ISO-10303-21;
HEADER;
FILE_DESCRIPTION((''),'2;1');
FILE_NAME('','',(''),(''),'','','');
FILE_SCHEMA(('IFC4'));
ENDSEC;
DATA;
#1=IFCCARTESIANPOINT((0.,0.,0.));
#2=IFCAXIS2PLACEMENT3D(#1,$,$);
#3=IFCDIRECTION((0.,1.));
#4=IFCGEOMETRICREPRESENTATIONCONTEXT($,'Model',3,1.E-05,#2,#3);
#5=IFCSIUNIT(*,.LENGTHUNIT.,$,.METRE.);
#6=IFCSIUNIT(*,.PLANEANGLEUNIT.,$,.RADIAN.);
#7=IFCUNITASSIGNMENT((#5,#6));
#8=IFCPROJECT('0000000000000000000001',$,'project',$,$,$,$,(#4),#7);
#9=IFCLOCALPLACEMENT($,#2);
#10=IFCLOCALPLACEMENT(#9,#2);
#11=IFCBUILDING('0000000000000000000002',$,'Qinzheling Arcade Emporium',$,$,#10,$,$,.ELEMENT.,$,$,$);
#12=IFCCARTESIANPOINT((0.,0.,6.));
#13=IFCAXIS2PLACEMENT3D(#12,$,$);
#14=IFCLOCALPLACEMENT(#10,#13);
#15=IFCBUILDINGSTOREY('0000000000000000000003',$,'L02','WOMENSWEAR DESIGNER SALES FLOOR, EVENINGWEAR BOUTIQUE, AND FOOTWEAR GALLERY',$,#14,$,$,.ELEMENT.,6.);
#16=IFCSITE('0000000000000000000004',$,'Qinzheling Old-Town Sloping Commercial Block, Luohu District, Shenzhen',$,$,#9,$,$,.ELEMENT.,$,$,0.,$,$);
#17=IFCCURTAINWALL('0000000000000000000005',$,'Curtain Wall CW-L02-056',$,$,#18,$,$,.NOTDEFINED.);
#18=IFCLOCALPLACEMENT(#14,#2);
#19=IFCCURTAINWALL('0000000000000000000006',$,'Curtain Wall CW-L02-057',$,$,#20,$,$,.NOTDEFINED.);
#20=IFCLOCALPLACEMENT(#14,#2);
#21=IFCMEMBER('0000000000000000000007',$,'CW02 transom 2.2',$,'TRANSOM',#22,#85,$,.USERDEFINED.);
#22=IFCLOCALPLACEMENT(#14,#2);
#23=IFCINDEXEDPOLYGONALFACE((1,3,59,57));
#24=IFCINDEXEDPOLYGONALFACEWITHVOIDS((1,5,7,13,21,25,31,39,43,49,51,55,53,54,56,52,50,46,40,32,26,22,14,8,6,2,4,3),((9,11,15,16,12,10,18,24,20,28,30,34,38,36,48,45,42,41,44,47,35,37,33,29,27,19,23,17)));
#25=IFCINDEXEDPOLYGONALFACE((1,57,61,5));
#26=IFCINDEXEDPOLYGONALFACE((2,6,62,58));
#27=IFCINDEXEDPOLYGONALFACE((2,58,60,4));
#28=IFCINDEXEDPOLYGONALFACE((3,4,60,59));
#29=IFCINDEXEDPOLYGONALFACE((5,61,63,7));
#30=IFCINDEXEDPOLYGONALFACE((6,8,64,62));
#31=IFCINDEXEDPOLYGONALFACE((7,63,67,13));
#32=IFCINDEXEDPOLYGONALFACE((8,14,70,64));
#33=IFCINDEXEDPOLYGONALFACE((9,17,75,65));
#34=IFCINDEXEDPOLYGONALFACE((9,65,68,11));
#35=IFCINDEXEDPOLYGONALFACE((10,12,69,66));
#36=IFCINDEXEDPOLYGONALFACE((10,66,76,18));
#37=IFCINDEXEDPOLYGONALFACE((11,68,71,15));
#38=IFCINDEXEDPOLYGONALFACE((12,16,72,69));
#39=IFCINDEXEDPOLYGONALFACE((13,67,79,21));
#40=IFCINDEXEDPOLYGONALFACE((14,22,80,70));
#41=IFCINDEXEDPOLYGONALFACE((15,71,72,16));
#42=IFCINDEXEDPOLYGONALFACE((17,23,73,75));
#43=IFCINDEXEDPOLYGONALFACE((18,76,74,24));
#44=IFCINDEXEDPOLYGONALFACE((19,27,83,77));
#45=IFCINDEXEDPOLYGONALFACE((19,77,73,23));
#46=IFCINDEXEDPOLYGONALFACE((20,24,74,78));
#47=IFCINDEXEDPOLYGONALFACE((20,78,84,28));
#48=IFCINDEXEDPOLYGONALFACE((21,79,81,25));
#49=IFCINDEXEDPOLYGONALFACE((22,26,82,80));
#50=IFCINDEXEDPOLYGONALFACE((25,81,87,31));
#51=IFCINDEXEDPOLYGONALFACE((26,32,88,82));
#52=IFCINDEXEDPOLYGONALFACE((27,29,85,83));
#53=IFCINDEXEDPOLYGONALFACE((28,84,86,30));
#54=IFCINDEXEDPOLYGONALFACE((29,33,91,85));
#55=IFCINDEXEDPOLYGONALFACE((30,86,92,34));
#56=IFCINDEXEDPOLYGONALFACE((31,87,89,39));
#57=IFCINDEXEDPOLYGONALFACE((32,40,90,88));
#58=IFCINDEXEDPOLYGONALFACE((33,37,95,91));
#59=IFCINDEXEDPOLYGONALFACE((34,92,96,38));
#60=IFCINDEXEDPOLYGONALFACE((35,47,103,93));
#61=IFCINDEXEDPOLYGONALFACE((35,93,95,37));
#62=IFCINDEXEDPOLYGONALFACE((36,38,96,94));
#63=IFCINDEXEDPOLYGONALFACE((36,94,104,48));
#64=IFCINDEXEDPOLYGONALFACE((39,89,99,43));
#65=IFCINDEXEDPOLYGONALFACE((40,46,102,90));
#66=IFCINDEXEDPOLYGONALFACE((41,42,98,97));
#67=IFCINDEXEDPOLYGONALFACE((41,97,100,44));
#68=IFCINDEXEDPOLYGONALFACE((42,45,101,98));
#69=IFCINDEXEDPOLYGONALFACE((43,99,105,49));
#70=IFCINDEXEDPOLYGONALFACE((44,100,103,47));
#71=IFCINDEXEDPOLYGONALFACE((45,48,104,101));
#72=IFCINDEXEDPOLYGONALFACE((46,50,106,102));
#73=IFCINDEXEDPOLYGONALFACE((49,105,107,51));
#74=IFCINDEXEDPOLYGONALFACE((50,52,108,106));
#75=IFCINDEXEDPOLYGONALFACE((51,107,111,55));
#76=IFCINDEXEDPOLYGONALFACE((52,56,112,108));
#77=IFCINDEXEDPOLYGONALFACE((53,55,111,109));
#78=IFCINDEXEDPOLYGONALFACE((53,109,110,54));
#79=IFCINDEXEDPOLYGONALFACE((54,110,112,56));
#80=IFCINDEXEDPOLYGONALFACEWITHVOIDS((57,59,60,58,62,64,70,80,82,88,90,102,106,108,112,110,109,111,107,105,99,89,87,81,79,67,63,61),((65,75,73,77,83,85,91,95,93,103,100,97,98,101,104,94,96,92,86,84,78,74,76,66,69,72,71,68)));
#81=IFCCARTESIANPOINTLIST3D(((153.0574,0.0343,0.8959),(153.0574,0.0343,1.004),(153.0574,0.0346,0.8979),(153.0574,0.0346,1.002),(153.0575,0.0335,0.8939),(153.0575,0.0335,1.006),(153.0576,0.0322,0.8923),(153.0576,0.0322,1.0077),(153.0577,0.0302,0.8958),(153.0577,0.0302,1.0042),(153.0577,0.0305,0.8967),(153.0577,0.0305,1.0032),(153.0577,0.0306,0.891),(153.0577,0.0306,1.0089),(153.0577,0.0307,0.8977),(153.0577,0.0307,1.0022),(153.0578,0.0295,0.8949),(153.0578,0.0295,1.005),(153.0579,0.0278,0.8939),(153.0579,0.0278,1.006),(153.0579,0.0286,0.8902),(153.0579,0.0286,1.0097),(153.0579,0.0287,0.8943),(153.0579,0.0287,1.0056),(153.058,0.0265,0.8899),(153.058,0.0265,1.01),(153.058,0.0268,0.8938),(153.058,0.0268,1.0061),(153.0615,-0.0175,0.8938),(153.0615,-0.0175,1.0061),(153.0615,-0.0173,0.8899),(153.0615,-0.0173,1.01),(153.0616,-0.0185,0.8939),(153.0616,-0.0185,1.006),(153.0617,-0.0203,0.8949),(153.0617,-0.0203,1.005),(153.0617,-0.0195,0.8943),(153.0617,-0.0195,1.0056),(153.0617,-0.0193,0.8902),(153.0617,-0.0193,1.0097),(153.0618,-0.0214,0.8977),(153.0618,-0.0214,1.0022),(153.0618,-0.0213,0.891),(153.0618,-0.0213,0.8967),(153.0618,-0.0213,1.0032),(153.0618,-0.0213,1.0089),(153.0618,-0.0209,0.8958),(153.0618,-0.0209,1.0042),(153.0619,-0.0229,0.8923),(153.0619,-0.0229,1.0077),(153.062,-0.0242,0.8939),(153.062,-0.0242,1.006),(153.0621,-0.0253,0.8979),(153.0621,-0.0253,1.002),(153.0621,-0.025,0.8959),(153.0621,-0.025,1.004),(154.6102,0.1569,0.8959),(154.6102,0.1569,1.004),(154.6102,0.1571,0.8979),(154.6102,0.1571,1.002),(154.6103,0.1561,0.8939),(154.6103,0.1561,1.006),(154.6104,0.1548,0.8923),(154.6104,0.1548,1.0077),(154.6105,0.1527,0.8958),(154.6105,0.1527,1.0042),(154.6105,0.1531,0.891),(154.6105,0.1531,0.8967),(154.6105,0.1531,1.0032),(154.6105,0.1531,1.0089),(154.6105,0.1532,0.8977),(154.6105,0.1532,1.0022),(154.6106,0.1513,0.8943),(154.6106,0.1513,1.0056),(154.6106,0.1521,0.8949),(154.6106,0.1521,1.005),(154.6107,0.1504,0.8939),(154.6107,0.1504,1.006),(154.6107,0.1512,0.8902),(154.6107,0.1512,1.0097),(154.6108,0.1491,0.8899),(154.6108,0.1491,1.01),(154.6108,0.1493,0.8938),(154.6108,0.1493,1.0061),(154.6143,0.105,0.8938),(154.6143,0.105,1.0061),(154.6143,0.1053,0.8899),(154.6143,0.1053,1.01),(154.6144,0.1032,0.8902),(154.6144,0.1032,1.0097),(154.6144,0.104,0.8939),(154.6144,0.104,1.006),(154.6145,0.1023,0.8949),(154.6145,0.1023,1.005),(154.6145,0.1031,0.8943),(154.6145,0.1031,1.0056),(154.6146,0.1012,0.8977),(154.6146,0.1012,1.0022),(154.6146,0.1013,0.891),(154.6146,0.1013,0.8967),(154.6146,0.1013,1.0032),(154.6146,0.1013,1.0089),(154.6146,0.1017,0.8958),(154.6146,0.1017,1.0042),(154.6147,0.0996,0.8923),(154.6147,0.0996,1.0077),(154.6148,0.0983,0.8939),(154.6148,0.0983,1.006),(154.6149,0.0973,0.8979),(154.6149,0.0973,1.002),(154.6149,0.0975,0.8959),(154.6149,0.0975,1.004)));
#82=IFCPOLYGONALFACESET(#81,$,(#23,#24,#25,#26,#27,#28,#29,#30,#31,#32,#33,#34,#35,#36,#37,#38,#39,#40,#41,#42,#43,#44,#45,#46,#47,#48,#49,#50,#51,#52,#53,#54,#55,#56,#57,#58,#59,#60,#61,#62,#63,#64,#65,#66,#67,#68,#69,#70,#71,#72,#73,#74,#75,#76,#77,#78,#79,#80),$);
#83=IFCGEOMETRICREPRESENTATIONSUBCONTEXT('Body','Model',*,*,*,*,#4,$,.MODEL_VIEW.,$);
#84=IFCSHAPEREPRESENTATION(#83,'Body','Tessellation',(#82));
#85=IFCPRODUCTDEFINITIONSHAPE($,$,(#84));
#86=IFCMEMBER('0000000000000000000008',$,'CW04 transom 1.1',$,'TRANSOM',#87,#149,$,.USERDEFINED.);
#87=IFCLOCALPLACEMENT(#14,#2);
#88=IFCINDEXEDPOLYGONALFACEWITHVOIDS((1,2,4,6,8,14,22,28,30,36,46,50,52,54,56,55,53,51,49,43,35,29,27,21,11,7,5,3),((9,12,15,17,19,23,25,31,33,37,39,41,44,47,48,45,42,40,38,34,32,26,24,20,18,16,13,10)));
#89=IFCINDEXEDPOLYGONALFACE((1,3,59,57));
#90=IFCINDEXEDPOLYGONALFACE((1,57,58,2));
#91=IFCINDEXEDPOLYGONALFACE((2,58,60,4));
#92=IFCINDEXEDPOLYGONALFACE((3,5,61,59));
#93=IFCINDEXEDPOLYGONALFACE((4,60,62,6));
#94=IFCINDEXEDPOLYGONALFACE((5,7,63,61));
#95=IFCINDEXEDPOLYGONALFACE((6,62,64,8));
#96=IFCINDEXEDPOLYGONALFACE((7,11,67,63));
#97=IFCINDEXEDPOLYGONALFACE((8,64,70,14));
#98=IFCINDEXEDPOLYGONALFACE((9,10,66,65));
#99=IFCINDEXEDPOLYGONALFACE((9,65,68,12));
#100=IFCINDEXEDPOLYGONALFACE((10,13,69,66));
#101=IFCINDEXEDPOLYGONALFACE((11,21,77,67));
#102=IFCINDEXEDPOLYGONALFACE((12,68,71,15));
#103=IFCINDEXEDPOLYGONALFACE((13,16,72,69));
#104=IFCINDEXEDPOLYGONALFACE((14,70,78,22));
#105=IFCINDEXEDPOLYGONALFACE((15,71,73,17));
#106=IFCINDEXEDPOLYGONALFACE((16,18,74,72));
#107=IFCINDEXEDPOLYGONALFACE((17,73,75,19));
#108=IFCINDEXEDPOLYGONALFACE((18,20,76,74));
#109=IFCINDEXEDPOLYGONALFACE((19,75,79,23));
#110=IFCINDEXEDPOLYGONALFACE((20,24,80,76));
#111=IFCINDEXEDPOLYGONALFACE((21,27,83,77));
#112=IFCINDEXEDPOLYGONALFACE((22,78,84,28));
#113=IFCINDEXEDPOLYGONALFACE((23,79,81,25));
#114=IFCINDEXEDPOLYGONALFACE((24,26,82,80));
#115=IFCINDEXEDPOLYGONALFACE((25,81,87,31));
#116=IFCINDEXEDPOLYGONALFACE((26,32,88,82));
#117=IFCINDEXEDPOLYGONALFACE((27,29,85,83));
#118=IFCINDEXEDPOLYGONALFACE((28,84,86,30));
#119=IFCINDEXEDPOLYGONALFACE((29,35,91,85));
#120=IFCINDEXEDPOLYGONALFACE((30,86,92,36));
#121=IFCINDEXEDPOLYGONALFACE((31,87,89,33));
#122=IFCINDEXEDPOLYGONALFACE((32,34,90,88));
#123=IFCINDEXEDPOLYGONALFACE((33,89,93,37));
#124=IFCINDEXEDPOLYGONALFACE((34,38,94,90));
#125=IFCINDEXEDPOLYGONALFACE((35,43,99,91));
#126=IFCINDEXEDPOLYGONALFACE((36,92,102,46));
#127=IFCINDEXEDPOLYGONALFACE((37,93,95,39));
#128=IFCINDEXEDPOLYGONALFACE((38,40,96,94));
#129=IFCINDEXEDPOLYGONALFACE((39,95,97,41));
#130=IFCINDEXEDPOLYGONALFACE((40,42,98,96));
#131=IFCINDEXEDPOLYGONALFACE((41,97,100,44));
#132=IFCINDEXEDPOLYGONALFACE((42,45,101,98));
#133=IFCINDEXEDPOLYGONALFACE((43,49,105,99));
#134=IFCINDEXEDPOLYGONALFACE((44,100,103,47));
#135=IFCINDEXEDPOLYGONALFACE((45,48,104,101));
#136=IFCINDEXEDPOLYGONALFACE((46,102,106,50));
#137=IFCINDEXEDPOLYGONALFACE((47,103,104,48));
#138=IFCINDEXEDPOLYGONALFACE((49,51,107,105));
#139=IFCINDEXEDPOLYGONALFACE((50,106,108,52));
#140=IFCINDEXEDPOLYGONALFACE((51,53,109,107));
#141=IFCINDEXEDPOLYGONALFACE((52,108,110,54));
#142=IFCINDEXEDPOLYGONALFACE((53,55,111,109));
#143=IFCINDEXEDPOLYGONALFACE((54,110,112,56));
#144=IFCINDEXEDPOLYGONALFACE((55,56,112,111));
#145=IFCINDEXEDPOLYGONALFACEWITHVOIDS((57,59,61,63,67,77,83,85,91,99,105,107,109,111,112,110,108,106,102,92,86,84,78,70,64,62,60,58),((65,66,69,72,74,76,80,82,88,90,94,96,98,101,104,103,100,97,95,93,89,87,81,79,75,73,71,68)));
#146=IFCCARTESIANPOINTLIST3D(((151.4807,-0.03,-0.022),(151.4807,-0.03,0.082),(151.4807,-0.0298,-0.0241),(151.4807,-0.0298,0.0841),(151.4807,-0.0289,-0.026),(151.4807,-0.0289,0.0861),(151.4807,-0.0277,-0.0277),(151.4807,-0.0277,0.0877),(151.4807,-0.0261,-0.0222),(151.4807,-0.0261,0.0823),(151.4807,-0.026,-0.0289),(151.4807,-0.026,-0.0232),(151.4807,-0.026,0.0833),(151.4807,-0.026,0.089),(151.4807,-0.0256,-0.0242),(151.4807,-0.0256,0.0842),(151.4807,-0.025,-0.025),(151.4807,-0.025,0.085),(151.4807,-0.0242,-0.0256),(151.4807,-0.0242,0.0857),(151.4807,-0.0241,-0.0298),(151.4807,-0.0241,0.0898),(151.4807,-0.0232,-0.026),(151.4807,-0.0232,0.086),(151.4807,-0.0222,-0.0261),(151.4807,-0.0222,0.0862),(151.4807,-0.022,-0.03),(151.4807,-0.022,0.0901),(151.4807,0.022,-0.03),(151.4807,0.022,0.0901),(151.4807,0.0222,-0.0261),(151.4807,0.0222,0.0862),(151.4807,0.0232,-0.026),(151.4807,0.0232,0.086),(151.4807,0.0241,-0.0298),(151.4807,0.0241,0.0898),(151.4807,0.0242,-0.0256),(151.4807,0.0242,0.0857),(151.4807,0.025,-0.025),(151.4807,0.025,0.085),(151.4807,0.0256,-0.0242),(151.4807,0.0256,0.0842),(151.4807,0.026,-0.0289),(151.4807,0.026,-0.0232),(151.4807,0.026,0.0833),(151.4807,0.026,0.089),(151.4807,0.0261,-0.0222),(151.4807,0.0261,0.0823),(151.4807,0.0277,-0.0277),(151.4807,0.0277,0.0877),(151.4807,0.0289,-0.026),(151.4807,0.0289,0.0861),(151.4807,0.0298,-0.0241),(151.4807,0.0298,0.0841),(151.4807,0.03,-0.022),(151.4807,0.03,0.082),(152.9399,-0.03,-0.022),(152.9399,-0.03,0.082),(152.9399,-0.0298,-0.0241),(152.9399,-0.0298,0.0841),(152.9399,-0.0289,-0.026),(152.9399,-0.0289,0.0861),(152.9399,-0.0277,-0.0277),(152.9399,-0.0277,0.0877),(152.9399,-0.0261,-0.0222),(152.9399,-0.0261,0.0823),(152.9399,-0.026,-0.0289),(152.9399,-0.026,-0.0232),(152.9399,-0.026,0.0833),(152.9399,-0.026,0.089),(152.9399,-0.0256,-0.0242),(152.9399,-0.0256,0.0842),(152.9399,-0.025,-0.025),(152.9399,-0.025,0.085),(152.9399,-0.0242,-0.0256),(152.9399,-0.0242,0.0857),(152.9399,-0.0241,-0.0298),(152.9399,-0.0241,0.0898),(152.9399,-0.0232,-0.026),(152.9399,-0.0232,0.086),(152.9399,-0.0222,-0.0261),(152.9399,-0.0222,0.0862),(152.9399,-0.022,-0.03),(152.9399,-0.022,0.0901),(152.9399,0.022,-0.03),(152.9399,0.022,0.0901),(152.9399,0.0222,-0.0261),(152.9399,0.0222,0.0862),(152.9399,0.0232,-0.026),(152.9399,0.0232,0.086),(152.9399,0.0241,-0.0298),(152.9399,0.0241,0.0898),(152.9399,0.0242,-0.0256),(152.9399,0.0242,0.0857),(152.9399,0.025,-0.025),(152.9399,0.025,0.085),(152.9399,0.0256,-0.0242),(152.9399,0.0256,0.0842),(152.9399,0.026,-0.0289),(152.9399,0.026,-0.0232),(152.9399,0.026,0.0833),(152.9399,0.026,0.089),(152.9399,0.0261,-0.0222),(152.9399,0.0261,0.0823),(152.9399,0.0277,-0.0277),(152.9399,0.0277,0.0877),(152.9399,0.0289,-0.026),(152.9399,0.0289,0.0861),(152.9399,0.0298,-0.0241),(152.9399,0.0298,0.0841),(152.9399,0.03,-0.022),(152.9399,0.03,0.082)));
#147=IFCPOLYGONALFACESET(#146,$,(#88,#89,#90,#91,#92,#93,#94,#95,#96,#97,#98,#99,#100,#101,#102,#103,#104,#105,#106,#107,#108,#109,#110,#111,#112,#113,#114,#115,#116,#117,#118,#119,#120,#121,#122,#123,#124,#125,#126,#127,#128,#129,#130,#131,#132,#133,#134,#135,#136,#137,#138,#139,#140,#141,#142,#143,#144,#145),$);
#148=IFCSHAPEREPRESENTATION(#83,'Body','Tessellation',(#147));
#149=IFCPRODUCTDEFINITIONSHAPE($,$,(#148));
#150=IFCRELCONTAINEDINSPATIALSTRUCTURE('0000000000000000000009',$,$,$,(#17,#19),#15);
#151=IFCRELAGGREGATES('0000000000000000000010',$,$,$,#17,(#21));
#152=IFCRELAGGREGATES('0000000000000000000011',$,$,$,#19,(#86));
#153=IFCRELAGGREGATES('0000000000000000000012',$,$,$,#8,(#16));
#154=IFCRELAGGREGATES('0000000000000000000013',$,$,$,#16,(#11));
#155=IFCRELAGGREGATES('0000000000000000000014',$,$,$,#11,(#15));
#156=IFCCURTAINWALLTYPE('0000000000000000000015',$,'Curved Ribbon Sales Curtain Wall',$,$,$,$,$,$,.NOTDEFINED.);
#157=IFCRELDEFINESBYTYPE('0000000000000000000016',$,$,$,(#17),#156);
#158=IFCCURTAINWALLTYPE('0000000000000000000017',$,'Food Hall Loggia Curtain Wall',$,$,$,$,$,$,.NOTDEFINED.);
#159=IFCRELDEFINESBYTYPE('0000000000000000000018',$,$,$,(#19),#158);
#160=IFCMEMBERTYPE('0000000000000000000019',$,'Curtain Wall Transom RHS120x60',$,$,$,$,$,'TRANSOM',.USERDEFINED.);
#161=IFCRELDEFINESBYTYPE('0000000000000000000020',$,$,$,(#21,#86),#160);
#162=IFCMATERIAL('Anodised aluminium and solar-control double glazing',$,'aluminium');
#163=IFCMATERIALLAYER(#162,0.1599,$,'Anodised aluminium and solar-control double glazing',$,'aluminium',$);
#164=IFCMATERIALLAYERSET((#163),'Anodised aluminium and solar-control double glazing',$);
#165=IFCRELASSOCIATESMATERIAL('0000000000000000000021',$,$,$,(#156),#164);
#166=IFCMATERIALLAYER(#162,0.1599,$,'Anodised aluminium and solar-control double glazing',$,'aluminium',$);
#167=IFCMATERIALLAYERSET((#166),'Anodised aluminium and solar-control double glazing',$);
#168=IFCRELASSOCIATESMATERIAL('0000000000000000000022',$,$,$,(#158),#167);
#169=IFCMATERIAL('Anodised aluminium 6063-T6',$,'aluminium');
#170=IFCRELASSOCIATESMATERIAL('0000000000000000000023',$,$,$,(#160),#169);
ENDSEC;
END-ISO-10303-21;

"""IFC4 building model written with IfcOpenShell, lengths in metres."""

from ifc_helpers import new_model, si_unit, direction, frame, origin, origin_2d, place, context, subcontext, project, spatial, hollow_rectangle, extrude, material, layer, layer_set, material_profile, profile_set, type_object, element, aggregate, save


model = new_model("IFC4")

# Units and contexts
model_context = context("Model", 3, precision=1e-05, world=origin(), true_north=direction((0.0, 1.0)))
body_context = subcontext(model_context, "Body", "Model", "MODEL_VIEW")
ifc_project = project(units=[si_unit("LENGTHUNIT", "METRE"), si_unit("PLANEANGLEUNIT", "RADIAN")], contexts=[model_context])

# Site, building, storey
site_placement = place(None, origin())
site = spatial("IfcSite", under=ifc_project, at=site_placement, Name="Qinzheling Old-Town Sloping Commercial Block, Luohu District, Shenzhen", CompositionType="ELEMENT", RefElevation=0.0)
building_placement = place(site_placement, origin())
building = spatial("IfcBuilding", under=site, at=building_placement, Name="Qinzheling Arcade Emporium", CompositionType="ELEMENT")
storey_placement = place(building_placement, frame((0.0, 0.0, 6.0)))
storey = spatial("IfcBuildingStorey", under=building, at=storey_placement, Name="L02", Description="WOMENSWEAR DESIGNER SALES FLOOR, EVENINGWEAR BOUTIQUE, AND FOOTWEAR GALLERY", CompositionType="ELEMENT", Elevation=6.0)

# Curtain wall
ifc_material_1 = material(Name="Anodised aluminium and solar-control double glazing", Category="aluminium")
ifc_layer_1 = layer(ifc_material_1, 0.1599, Name="Anodised aluminium and solar-control double glazing", Category="aluminium")
ifc_layer_set_1 = layer_set([ifc_layer_1], Name="Anodised aluminium and solar-control double glazing")
curtain_wall_type_1 = type_object("IfcCurtainWallType", Name="Curved Ribbon Sales Curtain Wall", PredefinedType="NOTDEFINED", material=ifc_layer_set_1)
curtain_wall_1_placement = place(storey_placement, origin())
curtain_wall_1 = element("IfcCurtainWall", 1, at=curtain_wall_1_placement, inside=storey, type_object=curtain_wall_type_1, Name="Curtain Wall CW-L02-056", PredefinedType="NOTDEFINED")
ifc_material_2 = material(Name="Anodised aluminium 6063-T6", Category="aluminium")

# Curtain wall
ifc_layer_2 = layer(ifc_material_1, 0.1599, Name="Anodised aluminium and solar-control double glazing", Category="aluminium")
ifc_layer_set_2 = layer_set([ifc_layer_2], Name="Anodised aluminium and solar-control double glazing")
curtain_wall_type_2 = type_object("IfcCurtainWallType", Name="Food Hall Loggia Curtain Wall", PredefinedType="NOTDEFINED", material=ifc_layer_set_2)
curtain_wall_2_placement = place(storey_placement, origin())
curtain_wall_2 = element("IfcCurtainWall", 2, at=curtain_wall_2_placement, inside=storey, type_object=curtain_wall_type_2, Name="Curtain Wall CW-L02-057", PredefinedType="NOTDEFINED")

# Members
ifc_material_profile_1 = material_profile(ifc_material_2, hollow_rectangle(XDim=0.0601, YDim=0.1201, WallThickness=0.0039, InnerFilletRadius=0.0039, OuterFilletRadius=0.0081, at=origin_2d()), Name="RHS 120x60x4", Category="aluminium")
ifc_profile_set_1 = profile_set([ifc_material_profile_1], Name="Anodised aluminium 6063-T6")
member_type_1 = type_object("IfcMemberType", Name="Curtain Wall Transom RHS120x60", ElementType="TRANSOM", PredefinedType="USERDEFINED", material=ifc_profile_set_1)
member_1_placement = place(storey_placement, frame((154.6125, 0.1272, 0.95), z_axis=(-0.996899, -0.078686, 0.0), x_axis=(0.078686, -0.996899, 0.0)))
member_1 = element("IfcMember", 3, at=member_1_placement, type_object=member_type_1, Name="CW02 transom 2.2", ObjectType="TRANSOM", PredefinedType="USERDEFINED", context=body_context, shape_type="SweptSolid", body=[
    extrude(hollow_rectangle(XDim=0.0601, YDim=0.1201, WallThickness=0.0039, InnerFilletRadius=0.0039, OuterFilletRadius=0.0081, at=origin_2d()), origin(), (0.0, 0.0, 1.0), 1.5576),
])
member_2_placement = place(storey_placement, frame((152.9399, 0.0, 0.03), z_axis=(-1.0, 0.0, 0.0), x_axis=(0.0, -1.0, 0.0)))
member_2 = element("IfcMember", 4, at=member_2_placement, type_object=member_type_1, Name="CW04 transom 1.1", ObjectType="TRANSOM", PredefinedType="USERDEFINED", context=body_context, shape_type="SweptSolid", body=[
    extrude(hollow_rectangle(XDim=0.0601, YDim=0.1201, WallThickness=0.0039, InnerFilletRadius=0.0039, OuterFilletRadius=0.0081, at=origin_2d()), origin(), (0.0, 0.0, 1.0), 1.4592),
])

aggregate(curtain_wall_1, [member_1])
aggregate(curtain_wall_2, [member_2])

save(model, "model.ifc")
